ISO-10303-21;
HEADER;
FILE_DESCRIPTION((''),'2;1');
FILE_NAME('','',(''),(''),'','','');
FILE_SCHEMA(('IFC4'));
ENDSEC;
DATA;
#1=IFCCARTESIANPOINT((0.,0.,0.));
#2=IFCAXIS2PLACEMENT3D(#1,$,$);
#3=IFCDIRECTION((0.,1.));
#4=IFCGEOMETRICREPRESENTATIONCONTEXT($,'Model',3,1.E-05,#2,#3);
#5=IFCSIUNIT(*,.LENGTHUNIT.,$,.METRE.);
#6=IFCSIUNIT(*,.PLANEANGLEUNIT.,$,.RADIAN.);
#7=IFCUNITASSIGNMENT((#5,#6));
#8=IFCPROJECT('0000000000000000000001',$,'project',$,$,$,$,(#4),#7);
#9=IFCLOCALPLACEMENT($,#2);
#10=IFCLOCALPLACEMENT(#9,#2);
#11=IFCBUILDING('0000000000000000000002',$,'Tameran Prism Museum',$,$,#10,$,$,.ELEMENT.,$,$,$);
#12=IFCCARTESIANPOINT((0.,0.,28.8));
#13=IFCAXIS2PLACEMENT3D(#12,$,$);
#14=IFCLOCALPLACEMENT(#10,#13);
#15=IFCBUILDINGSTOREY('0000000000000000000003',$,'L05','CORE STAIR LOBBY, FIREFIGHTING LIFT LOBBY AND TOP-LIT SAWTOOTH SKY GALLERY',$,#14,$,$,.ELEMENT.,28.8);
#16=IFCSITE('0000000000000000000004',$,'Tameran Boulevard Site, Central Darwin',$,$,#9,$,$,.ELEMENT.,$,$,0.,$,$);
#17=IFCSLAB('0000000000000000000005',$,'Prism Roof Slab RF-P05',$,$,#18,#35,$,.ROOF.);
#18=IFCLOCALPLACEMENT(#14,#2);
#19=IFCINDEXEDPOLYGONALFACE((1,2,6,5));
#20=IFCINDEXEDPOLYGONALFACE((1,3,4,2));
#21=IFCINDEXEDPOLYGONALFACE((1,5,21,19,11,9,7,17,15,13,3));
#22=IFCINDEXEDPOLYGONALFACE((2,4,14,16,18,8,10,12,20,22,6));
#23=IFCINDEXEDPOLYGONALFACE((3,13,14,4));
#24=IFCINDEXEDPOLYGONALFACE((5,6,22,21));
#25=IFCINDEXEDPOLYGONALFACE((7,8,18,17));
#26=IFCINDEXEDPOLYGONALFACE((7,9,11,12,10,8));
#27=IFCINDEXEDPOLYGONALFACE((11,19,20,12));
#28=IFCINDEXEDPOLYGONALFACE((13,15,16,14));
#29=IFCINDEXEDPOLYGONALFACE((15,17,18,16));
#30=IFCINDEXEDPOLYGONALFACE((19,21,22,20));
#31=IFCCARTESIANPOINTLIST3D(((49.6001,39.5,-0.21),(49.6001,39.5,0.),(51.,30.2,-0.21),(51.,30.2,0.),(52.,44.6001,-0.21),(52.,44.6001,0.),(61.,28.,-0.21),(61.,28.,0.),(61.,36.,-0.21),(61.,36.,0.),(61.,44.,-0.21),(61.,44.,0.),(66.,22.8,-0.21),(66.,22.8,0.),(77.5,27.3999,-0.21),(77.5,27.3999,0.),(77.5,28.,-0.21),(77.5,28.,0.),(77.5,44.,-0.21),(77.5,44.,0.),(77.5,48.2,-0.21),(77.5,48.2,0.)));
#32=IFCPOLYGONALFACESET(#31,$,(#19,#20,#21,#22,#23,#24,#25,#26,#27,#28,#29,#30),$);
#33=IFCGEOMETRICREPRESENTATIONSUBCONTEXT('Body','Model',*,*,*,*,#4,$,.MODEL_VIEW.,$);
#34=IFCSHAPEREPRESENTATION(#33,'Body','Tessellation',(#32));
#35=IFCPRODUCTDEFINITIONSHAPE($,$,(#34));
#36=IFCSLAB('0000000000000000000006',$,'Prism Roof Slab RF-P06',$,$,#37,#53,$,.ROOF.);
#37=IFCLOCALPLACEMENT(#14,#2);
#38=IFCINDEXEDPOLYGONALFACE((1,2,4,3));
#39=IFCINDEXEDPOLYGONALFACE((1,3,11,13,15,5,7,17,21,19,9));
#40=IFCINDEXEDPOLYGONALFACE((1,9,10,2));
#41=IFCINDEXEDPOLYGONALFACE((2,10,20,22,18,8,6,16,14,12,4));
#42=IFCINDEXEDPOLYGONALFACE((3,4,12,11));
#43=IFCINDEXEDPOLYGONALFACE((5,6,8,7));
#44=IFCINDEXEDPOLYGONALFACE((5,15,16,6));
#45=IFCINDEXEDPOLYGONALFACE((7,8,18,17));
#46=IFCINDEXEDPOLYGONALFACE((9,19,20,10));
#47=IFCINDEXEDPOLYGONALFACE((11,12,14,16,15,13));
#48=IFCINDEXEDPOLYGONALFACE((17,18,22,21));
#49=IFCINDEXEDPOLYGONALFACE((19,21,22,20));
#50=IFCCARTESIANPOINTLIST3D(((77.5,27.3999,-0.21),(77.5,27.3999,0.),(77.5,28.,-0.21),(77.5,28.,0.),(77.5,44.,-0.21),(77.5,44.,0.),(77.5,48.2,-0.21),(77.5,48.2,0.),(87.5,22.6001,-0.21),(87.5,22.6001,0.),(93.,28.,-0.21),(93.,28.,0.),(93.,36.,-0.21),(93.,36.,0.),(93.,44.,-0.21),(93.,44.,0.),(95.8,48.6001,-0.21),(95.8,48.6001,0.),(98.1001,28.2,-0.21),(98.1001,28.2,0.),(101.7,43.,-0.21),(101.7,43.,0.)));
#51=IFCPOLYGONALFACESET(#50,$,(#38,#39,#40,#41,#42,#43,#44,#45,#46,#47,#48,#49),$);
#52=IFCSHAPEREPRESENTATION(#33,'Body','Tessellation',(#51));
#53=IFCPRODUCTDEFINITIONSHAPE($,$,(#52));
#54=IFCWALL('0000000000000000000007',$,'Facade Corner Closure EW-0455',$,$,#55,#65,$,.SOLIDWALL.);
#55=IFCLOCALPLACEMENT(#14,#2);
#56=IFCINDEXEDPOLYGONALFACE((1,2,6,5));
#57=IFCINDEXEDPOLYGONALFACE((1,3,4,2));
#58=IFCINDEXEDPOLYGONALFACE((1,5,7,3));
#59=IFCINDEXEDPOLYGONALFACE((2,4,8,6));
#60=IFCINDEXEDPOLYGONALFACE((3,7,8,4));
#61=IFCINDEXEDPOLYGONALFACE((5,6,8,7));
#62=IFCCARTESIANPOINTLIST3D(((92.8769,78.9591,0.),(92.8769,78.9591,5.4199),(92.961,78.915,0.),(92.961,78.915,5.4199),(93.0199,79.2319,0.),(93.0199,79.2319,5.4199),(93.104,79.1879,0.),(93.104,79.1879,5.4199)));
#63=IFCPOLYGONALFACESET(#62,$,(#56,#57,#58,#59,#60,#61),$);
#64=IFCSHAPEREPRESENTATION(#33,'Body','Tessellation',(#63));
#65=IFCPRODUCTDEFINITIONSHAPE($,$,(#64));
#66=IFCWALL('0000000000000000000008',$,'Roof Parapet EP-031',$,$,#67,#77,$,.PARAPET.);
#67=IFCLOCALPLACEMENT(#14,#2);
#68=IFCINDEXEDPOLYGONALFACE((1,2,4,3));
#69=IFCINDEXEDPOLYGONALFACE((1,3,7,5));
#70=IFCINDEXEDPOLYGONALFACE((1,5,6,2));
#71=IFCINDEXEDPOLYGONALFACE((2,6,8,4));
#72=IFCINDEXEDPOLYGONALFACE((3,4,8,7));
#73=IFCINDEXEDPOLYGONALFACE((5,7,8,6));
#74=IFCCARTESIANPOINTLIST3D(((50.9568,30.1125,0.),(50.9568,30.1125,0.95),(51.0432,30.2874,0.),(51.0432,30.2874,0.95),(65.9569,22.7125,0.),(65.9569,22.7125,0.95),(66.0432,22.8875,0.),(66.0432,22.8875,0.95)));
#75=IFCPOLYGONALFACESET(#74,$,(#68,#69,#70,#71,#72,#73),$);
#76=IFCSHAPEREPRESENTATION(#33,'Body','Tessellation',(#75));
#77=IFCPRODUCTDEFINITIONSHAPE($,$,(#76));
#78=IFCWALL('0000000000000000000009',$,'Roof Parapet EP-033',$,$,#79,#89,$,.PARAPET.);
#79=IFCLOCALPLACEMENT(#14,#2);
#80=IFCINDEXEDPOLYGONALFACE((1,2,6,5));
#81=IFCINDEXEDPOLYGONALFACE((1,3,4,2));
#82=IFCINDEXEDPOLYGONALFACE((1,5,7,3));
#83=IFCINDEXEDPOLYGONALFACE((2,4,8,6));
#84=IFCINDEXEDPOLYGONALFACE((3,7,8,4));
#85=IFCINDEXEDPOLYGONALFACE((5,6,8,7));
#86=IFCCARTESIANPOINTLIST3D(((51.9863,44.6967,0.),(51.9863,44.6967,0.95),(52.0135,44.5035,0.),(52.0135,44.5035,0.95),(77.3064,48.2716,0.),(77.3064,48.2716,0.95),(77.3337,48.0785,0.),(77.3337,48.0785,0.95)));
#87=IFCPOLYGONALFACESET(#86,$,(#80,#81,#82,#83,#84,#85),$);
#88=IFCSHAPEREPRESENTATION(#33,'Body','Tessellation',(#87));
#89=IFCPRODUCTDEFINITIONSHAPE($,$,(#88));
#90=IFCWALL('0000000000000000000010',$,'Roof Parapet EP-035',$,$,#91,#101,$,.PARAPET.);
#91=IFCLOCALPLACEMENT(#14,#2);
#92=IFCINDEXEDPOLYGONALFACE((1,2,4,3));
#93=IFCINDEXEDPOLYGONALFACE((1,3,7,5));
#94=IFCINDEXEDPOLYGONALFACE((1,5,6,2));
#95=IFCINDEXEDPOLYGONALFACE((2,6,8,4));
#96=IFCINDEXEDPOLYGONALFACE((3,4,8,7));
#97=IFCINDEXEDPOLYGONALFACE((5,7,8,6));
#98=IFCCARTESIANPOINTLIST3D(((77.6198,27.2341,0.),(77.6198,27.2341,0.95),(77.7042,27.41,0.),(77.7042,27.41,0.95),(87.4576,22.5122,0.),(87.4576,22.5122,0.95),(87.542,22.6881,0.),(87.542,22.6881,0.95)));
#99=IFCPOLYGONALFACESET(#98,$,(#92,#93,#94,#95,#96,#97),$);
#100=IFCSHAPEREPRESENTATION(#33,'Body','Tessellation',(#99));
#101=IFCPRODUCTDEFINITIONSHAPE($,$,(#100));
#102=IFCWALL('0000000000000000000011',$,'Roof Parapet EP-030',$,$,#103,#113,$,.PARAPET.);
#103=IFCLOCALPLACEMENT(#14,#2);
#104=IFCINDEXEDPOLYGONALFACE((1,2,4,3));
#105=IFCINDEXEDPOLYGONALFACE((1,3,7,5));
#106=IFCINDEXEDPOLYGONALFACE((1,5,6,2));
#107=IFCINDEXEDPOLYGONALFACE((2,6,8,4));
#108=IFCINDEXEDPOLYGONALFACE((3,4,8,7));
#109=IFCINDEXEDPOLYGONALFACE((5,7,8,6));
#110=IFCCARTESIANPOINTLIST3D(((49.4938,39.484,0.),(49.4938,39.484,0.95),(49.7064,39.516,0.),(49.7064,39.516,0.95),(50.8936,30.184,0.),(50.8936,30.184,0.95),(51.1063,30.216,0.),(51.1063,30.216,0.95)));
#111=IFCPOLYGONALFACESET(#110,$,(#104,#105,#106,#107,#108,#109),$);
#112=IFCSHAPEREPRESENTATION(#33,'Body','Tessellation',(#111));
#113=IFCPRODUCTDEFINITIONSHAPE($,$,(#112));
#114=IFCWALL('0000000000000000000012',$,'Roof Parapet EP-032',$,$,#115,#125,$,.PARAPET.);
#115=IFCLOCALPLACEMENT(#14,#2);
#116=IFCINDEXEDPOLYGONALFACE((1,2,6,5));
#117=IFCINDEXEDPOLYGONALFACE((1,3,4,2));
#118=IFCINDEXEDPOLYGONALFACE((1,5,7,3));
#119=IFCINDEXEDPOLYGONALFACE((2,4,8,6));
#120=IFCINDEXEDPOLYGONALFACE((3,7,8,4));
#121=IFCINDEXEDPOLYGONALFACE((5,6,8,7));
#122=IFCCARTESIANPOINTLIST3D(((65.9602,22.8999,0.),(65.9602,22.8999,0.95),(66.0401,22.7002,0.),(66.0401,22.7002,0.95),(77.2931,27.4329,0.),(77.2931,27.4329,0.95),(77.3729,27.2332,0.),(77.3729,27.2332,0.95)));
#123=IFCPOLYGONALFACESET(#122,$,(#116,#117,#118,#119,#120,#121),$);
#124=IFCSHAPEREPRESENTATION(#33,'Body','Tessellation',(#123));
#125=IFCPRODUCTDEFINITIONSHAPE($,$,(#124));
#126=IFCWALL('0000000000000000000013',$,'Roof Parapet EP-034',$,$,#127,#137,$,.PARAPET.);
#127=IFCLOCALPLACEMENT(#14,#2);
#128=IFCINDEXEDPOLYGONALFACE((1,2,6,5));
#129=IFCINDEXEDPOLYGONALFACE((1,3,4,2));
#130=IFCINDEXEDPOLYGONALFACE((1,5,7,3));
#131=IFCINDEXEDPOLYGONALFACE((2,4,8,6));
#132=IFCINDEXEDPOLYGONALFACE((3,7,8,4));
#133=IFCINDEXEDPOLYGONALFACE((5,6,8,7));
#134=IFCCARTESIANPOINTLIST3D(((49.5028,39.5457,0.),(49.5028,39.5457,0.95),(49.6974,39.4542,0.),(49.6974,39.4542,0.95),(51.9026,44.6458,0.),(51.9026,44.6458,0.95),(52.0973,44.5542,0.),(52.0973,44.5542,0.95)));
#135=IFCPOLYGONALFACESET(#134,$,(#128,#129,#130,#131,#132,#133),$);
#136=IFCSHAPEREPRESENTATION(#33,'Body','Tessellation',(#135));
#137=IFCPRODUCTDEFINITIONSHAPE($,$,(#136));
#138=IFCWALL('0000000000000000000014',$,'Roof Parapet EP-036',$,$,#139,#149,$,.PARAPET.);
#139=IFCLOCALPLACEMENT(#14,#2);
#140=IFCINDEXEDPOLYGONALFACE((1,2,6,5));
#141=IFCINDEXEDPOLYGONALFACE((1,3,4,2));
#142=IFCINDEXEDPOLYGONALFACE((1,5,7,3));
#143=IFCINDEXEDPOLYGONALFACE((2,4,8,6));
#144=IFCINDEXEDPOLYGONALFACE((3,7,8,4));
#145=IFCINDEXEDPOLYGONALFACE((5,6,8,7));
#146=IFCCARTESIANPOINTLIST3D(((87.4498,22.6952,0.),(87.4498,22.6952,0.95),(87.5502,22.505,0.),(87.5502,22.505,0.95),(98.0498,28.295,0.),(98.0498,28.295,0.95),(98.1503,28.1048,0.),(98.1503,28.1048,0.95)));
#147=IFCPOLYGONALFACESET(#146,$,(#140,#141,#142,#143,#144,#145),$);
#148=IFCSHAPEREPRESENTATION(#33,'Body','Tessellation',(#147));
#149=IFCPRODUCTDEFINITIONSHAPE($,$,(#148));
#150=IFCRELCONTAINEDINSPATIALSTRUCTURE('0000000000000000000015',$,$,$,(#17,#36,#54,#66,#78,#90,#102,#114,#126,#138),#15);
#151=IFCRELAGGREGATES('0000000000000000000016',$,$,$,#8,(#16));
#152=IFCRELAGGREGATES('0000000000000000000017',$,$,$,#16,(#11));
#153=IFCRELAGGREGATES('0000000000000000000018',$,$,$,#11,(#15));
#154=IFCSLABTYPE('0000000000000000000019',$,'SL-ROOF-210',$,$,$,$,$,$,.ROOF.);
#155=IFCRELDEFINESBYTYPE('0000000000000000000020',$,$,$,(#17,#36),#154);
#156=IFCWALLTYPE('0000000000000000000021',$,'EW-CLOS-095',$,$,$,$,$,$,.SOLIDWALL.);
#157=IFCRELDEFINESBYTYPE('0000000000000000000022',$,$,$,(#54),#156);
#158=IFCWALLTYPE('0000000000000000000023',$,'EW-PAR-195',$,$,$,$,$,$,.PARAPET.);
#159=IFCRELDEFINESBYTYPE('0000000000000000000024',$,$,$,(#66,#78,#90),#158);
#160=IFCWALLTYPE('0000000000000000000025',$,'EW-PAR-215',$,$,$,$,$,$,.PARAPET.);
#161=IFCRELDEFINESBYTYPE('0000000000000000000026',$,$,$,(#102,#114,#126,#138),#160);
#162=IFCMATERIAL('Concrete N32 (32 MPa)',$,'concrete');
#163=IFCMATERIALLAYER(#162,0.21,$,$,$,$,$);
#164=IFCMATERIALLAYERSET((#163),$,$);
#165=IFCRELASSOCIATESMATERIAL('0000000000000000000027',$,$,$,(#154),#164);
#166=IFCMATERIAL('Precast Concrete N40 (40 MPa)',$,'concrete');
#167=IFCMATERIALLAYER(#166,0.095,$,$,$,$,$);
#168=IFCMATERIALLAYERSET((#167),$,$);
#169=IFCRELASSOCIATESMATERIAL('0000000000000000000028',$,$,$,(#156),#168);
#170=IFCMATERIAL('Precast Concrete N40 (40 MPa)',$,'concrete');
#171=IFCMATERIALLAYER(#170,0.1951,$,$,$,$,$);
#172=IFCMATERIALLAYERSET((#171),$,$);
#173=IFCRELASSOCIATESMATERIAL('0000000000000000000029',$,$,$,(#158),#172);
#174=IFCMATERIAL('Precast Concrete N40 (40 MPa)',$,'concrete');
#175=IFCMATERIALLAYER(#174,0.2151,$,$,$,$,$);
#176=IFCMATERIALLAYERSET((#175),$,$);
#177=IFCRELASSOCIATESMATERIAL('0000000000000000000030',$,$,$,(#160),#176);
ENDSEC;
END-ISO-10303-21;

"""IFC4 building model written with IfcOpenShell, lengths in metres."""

from ifc_helpers import new_model, si_unit, direction, frame, frame_2d, origin, place, context, subcontext, project, spatial, polyline, rectangle, outline, extrude, material, layer, layer_set, type_object, element, save


model = new_model("IFC4")

# Units and contexts
model_context = context("Model", 3, precision=1e-05, world=origin(), true_north=direction((0.0, 1.0)))
body_context = subcontext(model_context, "Body", "Model", "MODEL_VIEW")
ifc_project = project(units=[si_unit("LENGTHUNIT", "METRE"), si_unit("PLANEANGLEUNIT", "RADIAN")], contexts=[model_context])

# Site, building, storey
site_placement = place(None, origin())
site = spatial("IfcSite", under=ifc_project, at=site_placement, Name="Tameran Boulevard Site, Central Darwin", CompositionType="ELEMENT", RefElevation=0.0)
building_placement = place(site_placement, origin())
building = spatial("IfcBuilding", under=site, at=building_placement, Name="Tameran Prism Museum", CompositionType="ELEMENT")
storey_placement = place(building_placement, frame((0.0, 0.0, 28.8)))
storey = spatial("IfcBuildingStorey", under=building, at=storey_placement, Name="L05", Description="CORE STAIR LOBBY, FIREFIGHTING LIFT LOBBY AND TOP-LIT SAWTOOTH SKY GALLERY", CompositionType="ELEMENT", Elevation=28.8)

# Slabs
ifc_material_1 = material(Name="Concrete N32 (32 MPa)", Category="concrete")
ifc_layer_1 = layer(ifc_material_1, 0.21)
ifc_layer_set_1 = layer_set([ifc_layer_1])
slab_type_1 = type_object("IfcSlabType", Name="SL-ROOF-210", PredefinedType="ROOF", material=ifc_layer_set_1)
slab_1_placement = place(storey_placement, frame((0.0, 0.0, -0.21)))
element("IfcSlab", 1, at=slab_1_placement, inside=storey, type_object=slab_type_1, Name="Prism Roof Slab RF-P05", PredefinedType="ROOF", context=body_context, shape_type="SweptSolid", body=[
    extrude(outline(polyline([(77.5, 27.3999), (66.0, 22.8), (51.0, 30.2), (49.6001, 39.5), (52.0, 44.6001), (77.5, 48.2), (77.5, 44.0), (61.0, 44.0), (61.0, 36.0), (61.0, 28.0), (77.5, 28.0), (77.5, 27.3999)])), origin(), (0.0, 0.0, 1.0), 0.21),
])
slab_2_placement = place(storey_placement, frame((0.0, 0.0, -0.21)))
element("IfcSlab", 2, at=slab_2_placement, inside=storey, type_object=slab_type_1, Name="Prism Roof Slab RF-P06", PredefinedType="ROOF", context=body_context, shape_type="SweptSolid", body=[
    extrude(outline(polyline([(77.5, 48.2), (95.8, 48.6001), (101.7, 43.0), (98.1001, 28.2), (87.5, 22.6001), (77.5, 27.3999), (77.5, 28.0), (93.0, 28.0), (93.0, 36.0), (93.0, 44.0), (77.5, 44.0), (77.5, 48.2)])), origin(), (0.0, 0.0, 1.0), 0.21),
])

# Walls
ifc_material_2 = material(Name="Precast Concrete N40 (40 MPa)", Category="concrete")
ifc_layer_2 = layer(ifc_material_2, 0.095)
ifc_layer_set_2 = layer_set([ifc_layer_2])
wall_type_1 = type_object("IfcWallType", Name="EW-CLOS-095", PredefinedType="SOLIDWALL", material=ifc_layer_set_2)
wall_1_placement = place(storey_placement, frame((92.9189, 78.937, 0.0), z_axis=(0.0, 0.0, 1.0), x_axis=(0.464244, 0.885707, 0.0)))
element("IfcWall", 3, at=wall_1_placement, inside=storey, type_object=wall_type_1, Name="Facade Corner Closure EW-0455", PredefinedType="SOLIDWALL", context=body_context, shape_type="SweptSolid", body=[
    extrude(rectangle(XDim=0.3081, YDim=0.095, at=frame_2d((0.1541, 0.0))), origin(), (0.0, 0.0, 1.0), 5.4199),
])
ifc_material_3 = material(Name="Precast Concrete N40 (40 MPa)", Category="concrete")
ifc_layer_3 = layer(ifc_material_3, 0.1951)
ifc_layer_set_3 = layer_set([ifc_layer_3])
wall_type_2 = type_object("IfcWallType", Name="EW-PAR-195", PredefinedType="PARAPET", material=ifc_layer_set_3)
wall_2_placement = place(storey_placement, frame((51.0, 30.2, 0.0), z_axis=(0.0, 0.0, 1.0), x_axis=(0.896808, -0.44242, 0.0)))
element("IfcWall", 4, at=wall_2_placement, inside=storey, type_object=wall_type_2, Name="Roof Parapet EP-031", PredefinedType="PARAPET", context=body_context, shape_type="SweptSolid", body=[
    extrude(rectangle(XDim=16.7261, YDim=0.1951, at=frame_2d((8.363, 0.0))), origin(), (0.0, 0.0, 1.0), 0.95),
])
wall_3_placement = place(storey_placement, frame((77.3201, 48.175, 0.0), z_axis=(0.0, 0.0, 1.0), x_axis=(-0.990179, -0.139804, 0.0)))
element("IfcWall", 5, at=wall_3_placement, inside=storey, type_object=wall_type_2, Name="Roof Parapet EP-033", PredefinedType="PARAPET", context=body_context, shape_type="SweptSolid", body=[
    extrude(rectangle(XDim=25.5713, YDim=0.1951, at=frame_2d((12.7856, 0.0))), origin(), (0.0, 0.0, 1.0), 0.95),
])
wall_4_placement = place(storey_placement, frame((77.6621, 27.322, 0.0), z_axis=(0.0, 0.0, 1.0), x_axis=(0.901532, -0.432711, 0.0)))
element("IfcWall", 6, at=wall_4_placement, inside=storey, type_object=wall_type_2, Name="Roof Parapet EP-035", PredefinedType="PARAPET", context=body_context, shape_type="SweptSolid", body=[
    extrude(rectangle(XDim=10.9124, YDim=0.1951, at=frame_2d((5.4561, 0.0))), origin(), (0.0, 0.0, 1.0), 0.95),
])
ifc_material_4 = material(Name="Precast Concrete N40 (40 MPa)", Category="concrete")
ifc_layer_4 = layer(ifc_material_4, 0.2151)
ifc_layer_set_4 = layer_set([ifc_layer_4])
wall_type_3 = type_object("IfcWallType", Name="EW-PAR-215", PredefinedType="PARAPET", material=ifc_layer_set_4)
wall_5_placement = place(storey_placement, frame((49.6001, 39.5, 0.0), z_axis=(0.0, 0.0, 1.0), x_axis=(0.148849, -0.98886, 0.0)))
element("IfcWall", 7, at=wall_5_placement, inside=storey, type_object=wall_type_3, Name="Roof Parapet EP-030", PredefinedType="PARAPET", context=body_context, shape_type="SweptSolid", body=[
    extrude(rectangle(XDim=9.4048, YDim=0.2151, at=frame_2d((4.7024, 0.0))), origin(), (0.0, 0.0, 1.0), 0.95),
])
wall_6_placement = place(storey_placement, frame((66.0, 22.8, 0.0), z_axis=(0.0, 0.0, 1.0), x_axis=(0.928484, 0.371373, 0.0)))
element("IfcWall", 8, at=wall_6_placement, inside=storey, type_object=wall_type_3, Name="Roof Parapet EP-032", PredefinedType="PARAPET", context=body_context, shape_type="SweptSolid", body=[
    extrude(rectangle(XDim=12.2058, YDim=0.2151, at=frame_2d((6.103, 0.0))), origin(), (0.0, 0.0, 1.0), 0.95),
])
wall_7_placement = place(storey_placement, frame((52.0, 44.6001, 0.0), z_axis=(0.0, 0.0, 1.0), x_axis=(-0.425776, -0.904829, 0.0)))
element("IfcWall", 9, at=wall_7_placement, inside=storey, type_object=wall_type_3, Name="Roof Parapet EP-034", PredefinedType="PARAPET", context=body_context, shape_type="SweptSolid", body=[
    extrude(rectangle(XDim=5.6365, YDim=0.2151, at=frame_2d((2.8184, 0.0))), origin(), (0.0, 0.0, 1.0), 0.95),
])
wall_8_placement = place(storey_placement, frame((87.5, 22.6001, 0.0), z_axis=(0.0, 0.0, 1.0), x_axis=(0.8842, 0.467108, 0.0)))
element("IfcWall", 10, at=wall_8_placement, inside=storey, type_object=wall_type_3, Name="Roof Parapet EP-036", PredefinedType="PARAPET", context=body_context, shape_type="SweptSolid", body=[
    extrude(rectangle(XDim=11.9883, YDim=0.2151, at=frame_2d((5.9941, 0.0))), origin(), (0.0, 0.0, 1.0), 0.95),
])

save(model, "model.ifc")
